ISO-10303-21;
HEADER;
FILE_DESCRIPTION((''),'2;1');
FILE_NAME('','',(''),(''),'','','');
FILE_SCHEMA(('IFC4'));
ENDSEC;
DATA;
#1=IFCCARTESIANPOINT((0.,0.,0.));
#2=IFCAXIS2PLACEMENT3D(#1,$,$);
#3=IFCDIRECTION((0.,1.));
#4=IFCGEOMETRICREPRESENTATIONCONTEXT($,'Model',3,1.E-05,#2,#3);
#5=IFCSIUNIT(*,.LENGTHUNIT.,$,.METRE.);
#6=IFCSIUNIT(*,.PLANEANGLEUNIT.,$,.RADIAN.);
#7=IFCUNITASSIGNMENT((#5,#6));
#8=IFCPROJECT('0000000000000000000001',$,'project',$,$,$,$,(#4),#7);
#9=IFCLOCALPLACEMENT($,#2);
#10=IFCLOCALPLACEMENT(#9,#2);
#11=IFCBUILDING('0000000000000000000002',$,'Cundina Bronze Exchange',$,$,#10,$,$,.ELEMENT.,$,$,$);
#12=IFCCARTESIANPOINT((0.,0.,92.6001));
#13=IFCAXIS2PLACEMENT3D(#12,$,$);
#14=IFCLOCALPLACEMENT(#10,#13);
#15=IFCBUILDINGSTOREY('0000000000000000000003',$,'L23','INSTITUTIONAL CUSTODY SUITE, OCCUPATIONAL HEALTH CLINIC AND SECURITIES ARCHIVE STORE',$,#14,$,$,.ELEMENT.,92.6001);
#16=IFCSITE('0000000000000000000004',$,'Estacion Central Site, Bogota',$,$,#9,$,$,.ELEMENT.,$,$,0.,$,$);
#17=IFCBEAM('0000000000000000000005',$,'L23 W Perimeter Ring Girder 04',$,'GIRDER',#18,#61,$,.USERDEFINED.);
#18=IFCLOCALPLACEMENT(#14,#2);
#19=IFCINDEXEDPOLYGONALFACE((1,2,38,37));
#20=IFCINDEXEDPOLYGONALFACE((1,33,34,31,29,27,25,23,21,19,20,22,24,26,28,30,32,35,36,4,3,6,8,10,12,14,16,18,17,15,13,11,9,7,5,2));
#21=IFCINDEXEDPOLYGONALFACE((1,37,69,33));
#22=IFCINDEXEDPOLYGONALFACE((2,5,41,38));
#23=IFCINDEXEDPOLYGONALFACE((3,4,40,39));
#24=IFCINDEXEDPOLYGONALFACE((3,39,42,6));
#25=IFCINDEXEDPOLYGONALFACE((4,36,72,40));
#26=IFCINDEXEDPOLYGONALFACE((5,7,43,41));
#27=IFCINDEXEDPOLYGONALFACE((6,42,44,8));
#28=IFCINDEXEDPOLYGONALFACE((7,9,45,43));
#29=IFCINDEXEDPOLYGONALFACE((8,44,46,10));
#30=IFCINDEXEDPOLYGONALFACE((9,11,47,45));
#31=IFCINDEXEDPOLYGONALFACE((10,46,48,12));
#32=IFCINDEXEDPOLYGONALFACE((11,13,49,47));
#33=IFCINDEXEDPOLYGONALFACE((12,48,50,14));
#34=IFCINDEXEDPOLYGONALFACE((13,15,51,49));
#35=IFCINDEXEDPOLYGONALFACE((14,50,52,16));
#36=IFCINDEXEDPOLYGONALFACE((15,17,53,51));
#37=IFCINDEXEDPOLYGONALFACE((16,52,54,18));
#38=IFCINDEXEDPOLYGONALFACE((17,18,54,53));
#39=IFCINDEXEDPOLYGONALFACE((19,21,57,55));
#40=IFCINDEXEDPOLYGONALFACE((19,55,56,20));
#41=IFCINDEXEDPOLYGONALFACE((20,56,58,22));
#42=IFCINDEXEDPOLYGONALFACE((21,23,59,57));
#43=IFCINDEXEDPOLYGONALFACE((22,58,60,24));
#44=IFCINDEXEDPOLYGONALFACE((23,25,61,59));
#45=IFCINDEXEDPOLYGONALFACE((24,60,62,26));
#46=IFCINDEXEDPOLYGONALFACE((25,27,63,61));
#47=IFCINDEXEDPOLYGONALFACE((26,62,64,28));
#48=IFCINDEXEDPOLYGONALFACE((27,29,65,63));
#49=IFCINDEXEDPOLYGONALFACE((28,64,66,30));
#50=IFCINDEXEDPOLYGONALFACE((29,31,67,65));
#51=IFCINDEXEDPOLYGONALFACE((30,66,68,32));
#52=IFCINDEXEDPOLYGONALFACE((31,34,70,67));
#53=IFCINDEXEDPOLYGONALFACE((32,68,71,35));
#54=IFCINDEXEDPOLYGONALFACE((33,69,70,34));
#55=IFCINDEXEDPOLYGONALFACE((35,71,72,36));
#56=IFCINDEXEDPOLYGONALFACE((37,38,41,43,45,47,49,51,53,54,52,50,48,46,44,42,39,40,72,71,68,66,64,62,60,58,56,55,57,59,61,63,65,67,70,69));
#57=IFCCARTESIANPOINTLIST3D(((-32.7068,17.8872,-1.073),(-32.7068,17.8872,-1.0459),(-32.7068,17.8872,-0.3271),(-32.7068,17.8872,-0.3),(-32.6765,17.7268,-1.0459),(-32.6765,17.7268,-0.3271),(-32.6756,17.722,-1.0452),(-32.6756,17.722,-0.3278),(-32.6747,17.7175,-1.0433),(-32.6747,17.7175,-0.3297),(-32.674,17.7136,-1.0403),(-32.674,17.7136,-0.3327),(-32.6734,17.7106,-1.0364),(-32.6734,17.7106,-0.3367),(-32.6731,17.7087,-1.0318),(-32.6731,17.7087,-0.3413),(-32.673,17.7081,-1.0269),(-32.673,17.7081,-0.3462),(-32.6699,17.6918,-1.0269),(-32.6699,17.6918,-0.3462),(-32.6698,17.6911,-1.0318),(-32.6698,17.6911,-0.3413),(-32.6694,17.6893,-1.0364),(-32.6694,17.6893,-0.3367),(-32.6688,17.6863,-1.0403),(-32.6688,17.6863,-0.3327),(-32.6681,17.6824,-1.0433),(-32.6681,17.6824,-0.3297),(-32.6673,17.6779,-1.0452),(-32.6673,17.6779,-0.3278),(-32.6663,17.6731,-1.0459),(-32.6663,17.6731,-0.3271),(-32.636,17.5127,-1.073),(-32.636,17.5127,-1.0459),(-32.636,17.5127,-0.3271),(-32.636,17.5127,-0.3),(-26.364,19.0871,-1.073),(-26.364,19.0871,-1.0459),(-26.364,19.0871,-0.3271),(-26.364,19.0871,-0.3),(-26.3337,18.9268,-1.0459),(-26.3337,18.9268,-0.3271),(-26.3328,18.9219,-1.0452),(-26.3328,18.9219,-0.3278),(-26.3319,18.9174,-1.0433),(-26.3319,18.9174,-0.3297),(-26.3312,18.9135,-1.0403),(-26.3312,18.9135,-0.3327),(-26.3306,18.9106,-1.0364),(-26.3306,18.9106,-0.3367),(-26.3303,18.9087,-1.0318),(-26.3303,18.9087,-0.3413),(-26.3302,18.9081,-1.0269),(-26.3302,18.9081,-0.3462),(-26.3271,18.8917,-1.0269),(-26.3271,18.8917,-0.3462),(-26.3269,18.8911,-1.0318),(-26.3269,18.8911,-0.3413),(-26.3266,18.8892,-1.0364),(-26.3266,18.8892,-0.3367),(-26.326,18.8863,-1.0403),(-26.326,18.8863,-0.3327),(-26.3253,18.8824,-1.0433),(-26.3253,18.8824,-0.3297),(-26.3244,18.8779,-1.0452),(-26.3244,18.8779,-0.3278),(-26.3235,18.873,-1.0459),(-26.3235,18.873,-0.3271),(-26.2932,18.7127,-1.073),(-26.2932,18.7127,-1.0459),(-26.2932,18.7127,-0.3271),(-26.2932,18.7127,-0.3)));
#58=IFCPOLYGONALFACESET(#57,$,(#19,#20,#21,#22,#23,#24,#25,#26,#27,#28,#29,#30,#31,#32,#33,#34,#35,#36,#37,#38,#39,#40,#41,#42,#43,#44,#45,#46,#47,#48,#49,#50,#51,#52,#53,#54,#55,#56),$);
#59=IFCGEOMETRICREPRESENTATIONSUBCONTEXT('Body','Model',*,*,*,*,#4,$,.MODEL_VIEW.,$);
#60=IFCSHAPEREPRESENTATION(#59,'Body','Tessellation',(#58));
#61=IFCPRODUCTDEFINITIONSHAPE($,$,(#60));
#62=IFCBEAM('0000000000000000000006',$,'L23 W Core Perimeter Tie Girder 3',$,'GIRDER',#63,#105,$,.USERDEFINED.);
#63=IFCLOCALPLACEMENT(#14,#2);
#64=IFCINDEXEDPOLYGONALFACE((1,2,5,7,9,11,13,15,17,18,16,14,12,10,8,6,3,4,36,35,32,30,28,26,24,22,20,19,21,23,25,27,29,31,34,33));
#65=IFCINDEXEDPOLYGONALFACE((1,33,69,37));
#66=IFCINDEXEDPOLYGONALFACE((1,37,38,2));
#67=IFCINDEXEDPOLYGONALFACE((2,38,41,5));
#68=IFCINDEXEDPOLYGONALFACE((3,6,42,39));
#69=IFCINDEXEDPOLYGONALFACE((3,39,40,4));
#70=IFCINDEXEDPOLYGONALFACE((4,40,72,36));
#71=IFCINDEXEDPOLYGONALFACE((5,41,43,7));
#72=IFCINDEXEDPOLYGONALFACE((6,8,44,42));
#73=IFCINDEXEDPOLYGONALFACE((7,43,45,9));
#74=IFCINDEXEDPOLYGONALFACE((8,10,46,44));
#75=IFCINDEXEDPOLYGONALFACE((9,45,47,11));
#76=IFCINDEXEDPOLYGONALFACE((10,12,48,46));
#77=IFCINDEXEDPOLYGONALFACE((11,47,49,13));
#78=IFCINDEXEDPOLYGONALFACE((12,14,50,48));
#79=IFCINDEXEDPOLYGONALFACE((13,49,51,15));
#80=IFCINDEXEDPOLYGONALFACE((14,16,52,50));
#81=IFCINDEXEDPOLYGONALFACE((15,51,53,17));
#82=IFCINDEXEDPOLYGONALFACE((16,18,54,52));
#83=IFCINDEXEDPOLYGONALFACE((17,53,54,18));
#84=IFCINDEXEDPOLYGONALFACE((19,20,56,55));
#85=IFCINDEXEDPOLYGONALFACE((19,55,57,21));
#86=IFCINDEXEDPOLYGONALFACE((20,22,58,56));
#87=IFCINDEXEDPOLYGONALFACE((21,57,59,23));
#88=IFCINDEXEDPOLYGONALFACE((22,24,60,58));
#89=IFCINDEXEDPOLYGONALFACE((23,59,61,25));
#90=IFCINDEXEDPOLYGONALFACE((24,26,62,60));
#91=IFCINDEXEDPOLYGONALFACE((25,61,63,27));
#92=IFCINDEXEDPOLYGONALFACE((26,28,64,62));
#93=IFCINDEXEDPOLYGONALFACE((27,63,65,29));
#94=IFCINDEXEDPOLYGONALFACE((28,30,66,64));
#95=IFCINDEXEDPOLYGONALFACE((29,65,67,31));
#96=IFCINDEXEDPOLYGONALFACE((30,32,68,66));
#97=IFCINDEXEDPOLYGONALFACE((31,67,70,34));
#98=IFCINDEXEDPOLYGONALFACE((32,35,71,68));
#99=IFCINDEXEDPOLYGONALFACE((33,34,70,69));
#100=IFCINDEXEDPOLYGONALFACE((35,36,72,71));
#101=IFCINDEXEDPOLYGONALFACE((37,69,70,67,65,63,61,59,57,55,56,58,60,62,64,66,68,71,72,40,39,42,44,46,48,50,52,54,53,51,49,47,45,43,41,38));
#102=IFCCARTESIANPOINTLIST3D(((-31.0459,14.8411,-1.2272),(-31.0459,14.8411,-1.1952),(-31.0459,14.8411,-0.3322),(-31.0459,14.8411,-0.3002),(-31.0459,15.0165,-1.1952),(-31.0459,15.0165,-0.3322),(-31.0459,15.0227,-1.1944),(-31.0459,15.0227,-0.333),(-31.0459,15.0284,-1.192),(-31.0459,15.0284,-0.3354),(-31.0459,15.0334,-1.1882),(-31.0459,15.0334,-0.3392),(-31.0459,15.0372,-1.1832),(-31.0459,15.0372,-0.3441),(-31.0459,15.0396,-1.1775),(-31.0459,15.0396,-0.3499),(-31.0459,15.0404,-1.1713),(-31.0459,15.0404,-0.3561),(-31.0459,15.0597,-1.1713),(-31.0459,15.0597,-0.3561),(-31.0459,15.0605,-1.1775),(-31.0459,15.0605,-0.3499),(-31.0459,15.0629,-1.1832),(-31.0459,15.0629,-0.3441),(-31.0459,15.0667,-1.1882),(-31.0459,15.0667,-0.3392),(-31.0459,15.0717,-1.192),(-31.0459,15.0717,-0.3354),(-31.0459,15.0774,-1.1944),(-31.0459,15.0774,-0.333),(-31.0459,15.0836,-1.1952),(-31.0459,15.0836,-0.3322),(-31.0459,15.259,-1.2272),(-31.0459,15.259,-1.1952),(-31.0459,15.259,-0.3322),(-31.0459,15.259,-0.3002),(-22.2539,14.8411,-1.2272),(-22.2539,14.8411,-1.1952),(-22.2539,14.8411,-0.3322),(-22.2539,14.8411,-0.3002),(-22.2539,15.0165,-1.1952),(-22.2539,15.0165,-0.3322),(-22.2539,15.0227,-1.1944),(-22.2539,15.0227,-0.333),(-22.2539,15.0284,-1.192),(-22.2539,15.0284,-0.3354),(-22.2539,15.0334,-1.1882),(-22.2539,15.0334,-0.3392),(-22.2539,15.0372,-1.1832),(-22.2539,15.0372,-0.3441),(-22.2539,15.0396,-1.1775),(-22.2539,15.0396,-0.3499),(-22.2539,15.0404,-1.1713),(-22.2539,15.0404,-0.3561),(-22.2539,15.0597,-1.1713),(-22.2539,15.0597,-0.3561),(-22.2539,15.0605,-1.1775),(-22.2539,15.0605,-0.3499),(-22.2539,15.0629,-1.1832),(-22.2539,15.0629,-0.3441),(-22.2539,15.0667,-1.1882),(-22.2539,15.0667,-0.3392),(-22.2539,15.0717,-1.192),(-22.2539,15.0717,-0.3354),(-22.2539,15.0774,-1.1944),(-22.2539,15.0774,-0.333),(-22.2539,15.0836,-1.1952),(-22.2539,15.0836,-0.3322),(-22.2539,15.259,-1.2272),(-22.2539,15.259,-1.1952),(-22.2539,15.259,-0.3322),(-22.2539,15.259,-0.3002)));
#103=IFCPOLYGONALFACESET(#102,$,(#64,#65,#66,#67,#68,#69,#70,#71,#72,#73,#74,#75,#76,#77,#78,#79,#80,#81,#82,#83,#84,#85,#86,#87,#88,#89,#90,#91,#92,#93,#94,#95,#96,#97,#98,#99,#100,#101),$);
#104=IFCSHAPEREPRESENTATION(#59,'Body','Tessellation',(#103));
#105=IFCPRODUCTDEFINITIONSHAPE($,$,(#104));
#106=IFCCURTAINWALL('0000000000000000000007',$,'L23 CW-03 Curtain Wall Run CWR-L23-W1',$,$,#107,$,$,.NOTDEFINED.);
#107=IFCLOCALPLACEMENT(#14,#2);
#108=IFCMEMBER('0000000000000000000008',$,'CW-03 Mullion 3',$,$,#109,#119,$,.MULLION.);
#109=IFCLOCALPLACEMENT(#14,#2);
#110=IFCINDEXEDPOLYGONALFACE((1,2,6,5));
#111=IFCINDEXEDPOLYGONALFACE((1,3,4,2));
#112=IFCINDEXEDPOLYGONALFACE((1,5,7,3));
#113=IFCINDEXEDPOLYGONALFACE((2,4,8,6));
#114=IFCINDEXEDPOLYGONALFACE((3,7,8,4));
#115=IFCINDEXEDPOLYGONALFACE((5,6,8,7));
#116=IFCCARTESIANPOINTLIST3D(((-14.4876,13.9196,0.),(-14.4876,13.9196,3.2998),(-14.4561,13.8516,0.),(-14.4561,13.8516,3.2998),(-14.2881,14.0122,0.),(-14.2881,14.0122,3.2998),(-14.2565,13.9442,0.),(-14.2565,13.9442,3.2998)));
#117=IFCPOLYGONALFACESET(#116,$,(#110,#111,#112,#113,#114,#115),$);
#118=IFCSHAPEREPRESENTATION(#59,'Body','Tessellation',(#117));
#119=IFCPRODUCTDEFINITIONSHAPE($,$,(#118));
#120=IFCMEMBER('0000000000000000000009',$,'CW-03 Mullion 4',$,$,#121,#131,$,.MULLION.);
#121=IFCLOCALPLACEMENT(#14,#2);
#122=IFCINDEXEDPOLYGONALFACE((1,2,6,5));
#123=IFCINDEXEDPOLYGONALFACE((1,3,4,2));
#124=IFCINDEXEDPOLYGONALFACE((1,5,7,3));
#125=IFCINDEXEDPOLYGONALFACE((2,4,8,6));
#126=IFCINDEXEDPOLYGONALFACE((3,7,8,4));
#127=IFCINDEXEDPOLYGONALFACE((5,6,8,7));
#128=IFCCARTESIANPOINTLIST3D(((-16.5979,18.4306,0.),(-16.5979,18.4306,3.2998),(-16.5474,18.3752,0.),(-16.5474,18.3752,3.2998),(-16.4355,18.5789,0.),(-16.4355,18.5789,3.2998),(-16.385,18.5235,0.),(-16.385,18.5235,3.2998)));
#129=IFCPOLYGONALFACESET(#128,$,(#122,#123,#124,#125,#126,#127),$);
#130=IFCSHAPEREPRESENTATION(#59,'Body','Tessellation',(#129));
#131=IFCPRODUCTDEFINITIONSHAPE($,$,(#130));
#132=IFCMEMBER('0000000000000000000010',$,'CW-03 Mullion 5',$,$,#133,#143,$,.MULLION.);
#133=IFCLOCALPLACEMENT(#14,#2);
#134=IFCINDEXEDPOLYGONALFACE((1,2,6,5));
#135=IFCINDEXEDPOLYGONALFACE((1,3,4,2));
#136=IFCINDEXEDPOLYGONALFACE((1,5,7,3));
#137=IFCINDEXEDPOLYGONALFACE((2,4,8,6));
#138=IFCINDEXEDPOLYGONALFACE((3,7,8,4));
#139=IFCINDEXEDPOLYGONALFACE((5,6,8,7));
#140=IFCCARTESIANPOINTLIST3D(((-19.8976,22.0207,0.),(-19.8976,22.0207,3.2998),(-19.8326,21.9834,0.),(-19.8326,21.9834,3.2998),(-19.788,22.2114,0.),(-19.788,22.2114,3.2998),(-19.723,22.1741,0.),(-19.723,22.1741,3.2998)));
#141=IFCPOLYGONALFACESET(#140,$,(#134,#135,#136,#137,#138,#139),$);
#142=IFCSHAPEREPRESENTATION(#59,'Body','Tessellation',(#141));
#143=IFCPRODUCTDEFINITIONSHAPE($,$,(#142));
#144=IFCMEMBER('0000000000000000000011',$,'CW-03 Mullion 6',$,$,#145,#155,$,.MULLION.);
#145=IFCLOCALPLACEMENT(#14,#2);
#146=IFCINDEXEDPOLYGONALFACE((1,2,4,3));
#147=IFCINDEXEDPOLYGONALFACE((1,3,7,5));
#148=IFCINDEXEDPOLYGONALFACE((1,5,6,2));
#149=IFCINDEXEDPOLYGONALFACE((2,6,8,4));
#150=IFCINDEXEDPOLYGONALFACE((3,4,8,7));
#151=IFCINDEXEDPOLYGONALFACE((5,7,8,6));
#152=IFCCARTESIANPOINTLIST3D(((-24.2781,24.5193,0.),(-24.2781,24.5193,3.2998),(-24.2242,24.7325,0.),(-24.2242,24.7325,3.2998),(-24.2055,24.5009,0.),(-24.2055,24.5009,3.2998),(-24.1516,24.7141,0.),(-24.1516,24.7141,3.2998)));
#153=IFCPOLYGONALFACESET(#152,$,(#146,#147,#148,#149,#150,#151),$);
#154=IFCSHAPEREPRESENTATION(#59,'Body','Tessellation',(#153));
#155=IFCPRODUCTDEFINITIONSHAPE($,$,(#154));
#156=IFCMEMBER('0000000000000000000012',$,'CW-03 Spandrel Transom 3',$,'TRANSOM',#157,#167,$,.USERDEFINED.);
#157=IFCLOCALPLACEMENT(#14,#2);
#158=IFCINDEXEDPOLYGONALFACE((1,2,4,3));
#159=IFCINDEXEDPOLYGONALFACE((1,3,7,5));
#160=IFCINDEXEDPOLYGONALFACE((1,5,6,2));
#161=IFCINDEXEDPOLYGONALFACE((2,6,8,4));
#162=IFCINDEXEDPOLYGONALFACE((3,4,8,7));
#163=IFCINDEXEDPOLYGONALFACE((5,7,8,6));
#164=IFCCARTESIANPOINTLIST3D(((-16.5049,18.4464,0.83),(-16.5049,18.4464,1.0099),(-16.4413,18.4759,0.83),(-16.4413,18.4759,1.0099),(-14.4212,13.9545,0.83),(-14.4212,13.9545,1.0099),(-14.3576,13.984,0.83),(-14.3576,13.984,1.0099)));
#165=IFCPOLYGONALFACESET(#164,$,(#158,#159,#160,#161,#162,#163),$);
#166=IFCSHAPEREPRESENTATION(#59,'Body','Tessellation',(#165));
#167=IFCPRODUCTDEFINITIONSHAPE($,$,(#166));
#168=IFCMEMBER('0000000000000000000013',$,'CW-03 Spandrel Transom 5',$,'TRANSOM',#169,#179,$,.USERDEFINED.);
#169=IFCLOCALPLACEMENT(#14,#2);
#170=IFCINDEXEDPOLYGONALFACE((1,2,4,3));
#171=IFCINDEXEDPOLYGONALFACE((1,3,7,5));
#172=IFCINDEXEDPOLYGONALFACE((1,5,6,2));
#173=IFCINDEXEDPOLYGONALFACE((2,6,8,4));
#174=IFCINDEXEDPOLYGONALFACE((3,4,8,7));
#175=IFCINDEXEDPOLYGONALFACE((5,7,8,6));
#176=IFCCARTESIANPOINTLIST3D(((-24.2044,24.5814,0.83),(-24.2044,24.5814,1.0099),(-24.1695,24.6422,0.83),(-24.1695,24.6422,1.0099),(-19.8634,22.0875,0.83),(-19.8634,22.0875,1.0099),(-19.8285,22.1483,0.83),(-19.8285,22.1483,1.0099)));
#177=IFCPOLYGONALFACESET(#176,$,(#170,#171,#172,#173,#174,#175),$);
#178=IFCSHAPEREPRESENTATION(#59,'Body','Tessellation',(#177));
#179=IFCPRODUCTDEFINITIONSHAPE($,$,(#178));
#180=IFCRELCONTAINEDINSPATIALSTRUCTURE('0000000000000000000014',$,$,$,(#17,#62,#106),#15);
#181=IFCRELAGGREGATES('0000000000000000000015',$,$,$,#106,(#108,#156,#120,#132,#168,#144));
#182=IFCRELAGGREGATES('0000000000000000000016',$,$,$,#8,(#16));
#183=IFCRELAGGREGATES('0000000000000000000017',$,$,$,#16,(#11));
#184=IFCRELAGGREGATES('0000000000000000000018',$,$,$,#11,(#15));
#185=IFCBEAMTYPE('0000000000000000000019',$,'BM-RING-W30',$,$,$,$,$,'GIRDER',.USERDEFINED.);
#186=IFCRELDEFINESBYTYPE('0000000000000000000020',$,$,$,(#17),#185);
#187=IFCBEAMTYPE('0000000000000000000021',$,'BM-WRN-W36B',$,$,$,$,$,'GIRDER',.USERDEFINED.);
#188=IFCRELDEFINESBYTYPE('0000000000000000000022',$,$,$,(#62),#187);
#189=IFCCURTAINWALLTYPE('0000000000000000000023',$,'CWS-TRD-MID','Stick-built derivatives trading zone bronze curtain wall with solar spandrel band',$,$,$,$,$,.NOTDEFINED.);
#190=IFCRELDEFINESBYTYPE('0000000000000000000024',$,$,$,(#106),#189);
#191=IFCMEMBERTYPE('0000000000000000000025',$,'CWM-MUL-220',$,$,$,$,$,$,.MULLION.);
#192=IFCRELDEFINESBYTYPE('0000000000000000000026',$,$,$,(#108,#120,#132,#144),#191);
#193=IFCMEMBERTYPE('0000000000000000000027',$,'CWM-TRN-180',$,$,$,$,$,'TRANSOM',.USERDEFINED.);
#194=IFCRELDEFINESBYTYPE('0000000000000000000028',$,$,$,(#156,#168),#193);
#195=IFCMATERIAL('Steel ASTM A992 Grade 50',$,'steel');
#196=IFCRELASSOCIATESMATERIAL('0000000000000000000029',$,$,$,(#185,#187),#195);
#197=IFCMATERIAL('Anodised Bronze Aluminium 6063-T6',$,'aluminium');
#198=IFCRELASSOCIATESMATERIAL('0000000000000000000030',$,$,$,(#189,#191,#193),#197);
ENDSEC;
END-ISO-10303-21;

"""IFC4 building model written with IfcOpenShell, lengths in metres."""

from ifc_helpers import new_model, si_unit, direction, frame, origin, origin_2d, place, context, subcontext, project, spatial, rectangle, i_section, extrude, material, material_profile, profile_set, type_object, element, aggregate, save


model = new_model("IFC4")

# Units and contexts
model_context = context("Model", 3, precision=1e-05, world=origin(), true_north=direction((0.0, 1.0)))
body_context = subcontext(model_context, "Body", "Model", "MODEL_VIEW")
ifc_project = project(units=[si_unit("LENGTHUNIT", "METRE"), si_unit("PLANEANGLEUNIT", "RADIAN")], contexts=[model_context])

# Site, building, storey
site_placement = place(None, origin())
site = spatial("IfcSite", under=ifc_project, at=site_placement, Name="Estacion Central Site, Bogota", CompositionType="ELEMENT", RefElevation=0.0)
building_placement = place(site_placement, origin())
building = spatial("IfcBuilding", under=site, at=building_placement, Name="Cundina Bronze Exchange", CompositionType="ELEMENT")
storey_placement = place(building_placement, frame((0.0, 0.0, 92.6001)))
storey = spatial("IfcBuildingStorey", under=building, at=storey_placement, Name="L23", Description="INSTITUTIONAL CUSTODY SUITE, OCCUPATIONAL HEALTH CLINIC AND SECURITIES ARCHIVE STORE", CompositionType="ELEMENT", Elevation=92.6001)

# Shared definitions
ifc_material_1 = material(Name="Steel ASTM A992 Grade 50", Category="steel")

# Beams
ifc_material_profile_1 = material_profile(ifc_material_1, i_section(OverallWidth=0.3811, OverallDepth=0.7729, WebThickness=0.0166, FlangeThickness=0.0271, FilletRadius=0.019, at=origin_2d()), Name="W30X173", Category="steel")
ifc_profile_set_1 = profile_set([ifc_material_profile_1], Name="Steel ASTM A992 Grade 50")
beam_type_1 = type_object("IfcBeamType", Name="BM-RING-W30", ElementType="GIRDER", PredefinedType="USERDEFINED", material=ifc_profile_set_1)
beam_1_placement = place(storey_placement, frame((-26.3286, 18.8999, -0.6865), z_axis=(-0.982571, -0.185887, 0.0), x_axis=(0.185887, -0.982571, 0.0)))
element("IfcBeam", 1, at=beam_1_placement, inside=storey, type_object=beam_type_1, Name="L23 W Perimeter Ring Girder 04", ObjectType="GIRDER", PredefinedType="USERDEFINED", context=body_context, shape_type="SweptSolid", body=[
    extrude(i_section(OverallWidth=0.3811, OverallDepth=0.7729, WebThickness=0.0166, FlangeThickness=0.0271, FilletRadius=0.019, at=origin_2d()), origin(), (0.0, 0.0, 1.0), 6.4553),
])
ifc_material_profile_2 = material_profile(ifc_material_1, i_section(OverallWidth=0.418, OverallDepth=0.927, WebThickness=0.0193, FlangeThickness=0.032, FilletRadius=0.0239, at=origin_2d()), Name="W36X231", Category="steel")
ifc_profile_set_2 = profile_set([ifc_material_profile_2], Name="Steel ASTM A992 Grade 50")
beam_type_2 = type_object("IfcBeamType", Name="BM-WRN-W36B", ElementType="GIRDER", PredefinedType="USERDEFINED", material=ifc_profile_set_2)
beam_2_placement = place(storey_placement, frame((-22.2539, 15.05, -0.7637), z_axis=(-1.0, 0.0, 0.0), x_axis=(0.0, -1.0, 0.0)))
element("IfcBeam", 2, at=beam_2_placement, inside=storey, type_object=beam_type_2, Name="L23 W Core Perimeter Tie Girder 3", ObjectType="GIRDER", PredefinedType="USERDEFINED", context=body_context, shape_type="SweptSolid", body=[
    extrude(i_section(OverallWidth=0.418, OverallDepth=0.927, WebThickness=0.0193, FlangeThickness=0.032, FilletRadius=0.0239, at=origin_2d()), origin(), (0.0, 0.0, 1.0), 8.792),
])

# Curtain wall, members
ifc_material_2 = material(Name="Anodised Bronze Aluminium 6063-T6", Category="aluminium")
curtain_wall_type = type_object("IfcCurtainWallType", Name="CWS-TRD-MID", Description="Stick-built derivatives trading zone bronze curtain wall with solar spandrel band", PredefinedType="NOTDEFINED", material=ifc_material_2)
curtain_wall_placement = place(storey_placement, origin())
curtain_wall = element("IfcCurtainWall", 3, at=curtain_wall_placement, inside=storey, type_object=curtain_wall_type, Name="L23 CW-03 Curtain Wall Run CWR-L23-W1", PredefinedType="NOTDEFINED")
ifc_material_profile_3 = material_profile(ifc_material_2, rectangle(XDim=0.075, YDim=0.22, at=origin_2d()), Name="AL75X220", Category="aluminium")
ifc_profile_set_3 = profile_set([ifc_material_profile_3], Name="Anodised Bronze Aluminium 6063-T6")
member_type_1 = type_object("IfcMemberType", Name="CWM-MUL-220", PredefinedType="MULLION", material=ifc_profile_set_3)
member_1_placement = place(storey_placement, frame((-14.3721, 13.9319, 0.0), z_axis=(0.0, 0.0, 1.0), x_axis=(-0.420877, 0.907117, 0.0)))
member_1 = element("IfcMember", 4, at=member_1_placement, type_object=member_type_1, Name="CW-03 Mullion 3", PredefinedType="MULLION", context=body_context, shape_type="SweptSolid", body=[
    extrude(rectangle(XDim=0.075, YDim=0.22, at=origin_2d()), origin(), (0.0, 0.0, 1.0), 3.2998),
])
member_2_placement = place(storey_placement, frame((-16.4915, 18.4771, 0.0), z_axis=(0.0, 0.0, 1.0), x_axis=(-0.674302, 0.738455, 0.0)))
member_2 = element("IfcMember", 5, at=member_2_placement, type_object=member_type_1, Name="CW-03 Mullion 4", PredefinedType="MULLION", context=body_context, shape_type="SweptSolid", body=[
    extrude(rectangle(XDim=0.075, YDim=0.22, at=origin_2d()), origin(), (0.0, 0.0, 1.0), 3.2998),
])
member_3_placement = place(storey_placement, frame((-19.8103, 22.0974, 0.0), z_axis=(0.0, 0.0, 1.0), x_axis=(-0.867071, 0.498185, 0.0)))
member_3 = element("IfcMember", 6, at=member_3_placement, type_object=member_type_1, Name="CW-03 Mullion 5", PredefinedType="MULLION", context=body_context, shape_type="SweptSolid", body=[
    extrude(rectangle(XDim=0.075, YDim=0.22, at=origin_2d()), origin(), (0.0, 0.0, 1.0), 3.2998),
])
member_4_placement = place(storey_placement, frame((-24.2148, 24.6167, 0.0), z_axis=(0.0, 0.0, 1.0), x_axis=(-0.969488, 0.245138, 0.0)))
member_4 = element("IfcMember", 7, at=member_4_placement, type_object=member_type_1, Name="CW-03 Mullion 6", PredefinedType="MULLION", context=body_context, shape_type="SweptSolid", body=[
    extrude(rectangle(XDim=0.075, YDim=0.22, at=origin_2d()), origin(), (0.0, 0.0, 1.0), 3.2998),
])
ifc_material_profile_4 = material_profile(ifc_material_2, rectangle(XDim=0.0701, YDim=0.1799, at=origin_2d()), Name="AL70X180", Category="aluminium")
ifc_profile_set_4 = profile_set([ifc_material_profile_4], Name="Anodised Bronze Aluminium 6063-T6")
member_type_2 = type_object("IfcMemberType", Name="CWM-TRN-180", ElementType="TRANSOM", PredefinedType="USERDEFINED", material=ifc_profile_set_4)
member_5_placement = place(storey_placement, frame((-14.3894, 13.9692, 0.9199), z_axis=(-0.420811, 0.907148, 0.0), x_axis=(-0.907148, -0.420811, 0.0)))
member_5 = element("IfcMember", 8, at=member_5_placement, type_object=member_type_2, Name="CW-03 Spandrel Transom 3", ObjectType="TRANSOM", PredefinedType="USERDEFINED", context=body_context, shape_type="SweptSolid", body=[
    extrude(rectangle(XDim=0.0701, YDim=0.1799, at=origin_2d()), origin(), (0.0, 0.0, 1.0), 4.9517),
])
member_6_placement = place(storey_placement, frame((-19.8459, 22.1179, 0.9199), z_axis=(-0.867097, 0.498139, 0.0), x_axis=(-0.498139, -0.867097, 0.0)))
member_6 = element("IfcMember", 9, at=member_6_placement, type_object=member_type_2, Name="CW-03 Spandrel Transom 5", ObjectType="TRANSOM", PredefinedType="USERDEFINED", context=body_context, shape_type="SweptSolid", body=[
    extrude(rectangle(XDim=0.0701, YDim=0.1799, at=origin_2d()), origin(), (0.0, 0.0, 1.0), 5.0063),
])
aggregate(curtain_wall, [member_1, member_5, member_2, member_3, member_6, member_4])

save(model, "model.ifc")
